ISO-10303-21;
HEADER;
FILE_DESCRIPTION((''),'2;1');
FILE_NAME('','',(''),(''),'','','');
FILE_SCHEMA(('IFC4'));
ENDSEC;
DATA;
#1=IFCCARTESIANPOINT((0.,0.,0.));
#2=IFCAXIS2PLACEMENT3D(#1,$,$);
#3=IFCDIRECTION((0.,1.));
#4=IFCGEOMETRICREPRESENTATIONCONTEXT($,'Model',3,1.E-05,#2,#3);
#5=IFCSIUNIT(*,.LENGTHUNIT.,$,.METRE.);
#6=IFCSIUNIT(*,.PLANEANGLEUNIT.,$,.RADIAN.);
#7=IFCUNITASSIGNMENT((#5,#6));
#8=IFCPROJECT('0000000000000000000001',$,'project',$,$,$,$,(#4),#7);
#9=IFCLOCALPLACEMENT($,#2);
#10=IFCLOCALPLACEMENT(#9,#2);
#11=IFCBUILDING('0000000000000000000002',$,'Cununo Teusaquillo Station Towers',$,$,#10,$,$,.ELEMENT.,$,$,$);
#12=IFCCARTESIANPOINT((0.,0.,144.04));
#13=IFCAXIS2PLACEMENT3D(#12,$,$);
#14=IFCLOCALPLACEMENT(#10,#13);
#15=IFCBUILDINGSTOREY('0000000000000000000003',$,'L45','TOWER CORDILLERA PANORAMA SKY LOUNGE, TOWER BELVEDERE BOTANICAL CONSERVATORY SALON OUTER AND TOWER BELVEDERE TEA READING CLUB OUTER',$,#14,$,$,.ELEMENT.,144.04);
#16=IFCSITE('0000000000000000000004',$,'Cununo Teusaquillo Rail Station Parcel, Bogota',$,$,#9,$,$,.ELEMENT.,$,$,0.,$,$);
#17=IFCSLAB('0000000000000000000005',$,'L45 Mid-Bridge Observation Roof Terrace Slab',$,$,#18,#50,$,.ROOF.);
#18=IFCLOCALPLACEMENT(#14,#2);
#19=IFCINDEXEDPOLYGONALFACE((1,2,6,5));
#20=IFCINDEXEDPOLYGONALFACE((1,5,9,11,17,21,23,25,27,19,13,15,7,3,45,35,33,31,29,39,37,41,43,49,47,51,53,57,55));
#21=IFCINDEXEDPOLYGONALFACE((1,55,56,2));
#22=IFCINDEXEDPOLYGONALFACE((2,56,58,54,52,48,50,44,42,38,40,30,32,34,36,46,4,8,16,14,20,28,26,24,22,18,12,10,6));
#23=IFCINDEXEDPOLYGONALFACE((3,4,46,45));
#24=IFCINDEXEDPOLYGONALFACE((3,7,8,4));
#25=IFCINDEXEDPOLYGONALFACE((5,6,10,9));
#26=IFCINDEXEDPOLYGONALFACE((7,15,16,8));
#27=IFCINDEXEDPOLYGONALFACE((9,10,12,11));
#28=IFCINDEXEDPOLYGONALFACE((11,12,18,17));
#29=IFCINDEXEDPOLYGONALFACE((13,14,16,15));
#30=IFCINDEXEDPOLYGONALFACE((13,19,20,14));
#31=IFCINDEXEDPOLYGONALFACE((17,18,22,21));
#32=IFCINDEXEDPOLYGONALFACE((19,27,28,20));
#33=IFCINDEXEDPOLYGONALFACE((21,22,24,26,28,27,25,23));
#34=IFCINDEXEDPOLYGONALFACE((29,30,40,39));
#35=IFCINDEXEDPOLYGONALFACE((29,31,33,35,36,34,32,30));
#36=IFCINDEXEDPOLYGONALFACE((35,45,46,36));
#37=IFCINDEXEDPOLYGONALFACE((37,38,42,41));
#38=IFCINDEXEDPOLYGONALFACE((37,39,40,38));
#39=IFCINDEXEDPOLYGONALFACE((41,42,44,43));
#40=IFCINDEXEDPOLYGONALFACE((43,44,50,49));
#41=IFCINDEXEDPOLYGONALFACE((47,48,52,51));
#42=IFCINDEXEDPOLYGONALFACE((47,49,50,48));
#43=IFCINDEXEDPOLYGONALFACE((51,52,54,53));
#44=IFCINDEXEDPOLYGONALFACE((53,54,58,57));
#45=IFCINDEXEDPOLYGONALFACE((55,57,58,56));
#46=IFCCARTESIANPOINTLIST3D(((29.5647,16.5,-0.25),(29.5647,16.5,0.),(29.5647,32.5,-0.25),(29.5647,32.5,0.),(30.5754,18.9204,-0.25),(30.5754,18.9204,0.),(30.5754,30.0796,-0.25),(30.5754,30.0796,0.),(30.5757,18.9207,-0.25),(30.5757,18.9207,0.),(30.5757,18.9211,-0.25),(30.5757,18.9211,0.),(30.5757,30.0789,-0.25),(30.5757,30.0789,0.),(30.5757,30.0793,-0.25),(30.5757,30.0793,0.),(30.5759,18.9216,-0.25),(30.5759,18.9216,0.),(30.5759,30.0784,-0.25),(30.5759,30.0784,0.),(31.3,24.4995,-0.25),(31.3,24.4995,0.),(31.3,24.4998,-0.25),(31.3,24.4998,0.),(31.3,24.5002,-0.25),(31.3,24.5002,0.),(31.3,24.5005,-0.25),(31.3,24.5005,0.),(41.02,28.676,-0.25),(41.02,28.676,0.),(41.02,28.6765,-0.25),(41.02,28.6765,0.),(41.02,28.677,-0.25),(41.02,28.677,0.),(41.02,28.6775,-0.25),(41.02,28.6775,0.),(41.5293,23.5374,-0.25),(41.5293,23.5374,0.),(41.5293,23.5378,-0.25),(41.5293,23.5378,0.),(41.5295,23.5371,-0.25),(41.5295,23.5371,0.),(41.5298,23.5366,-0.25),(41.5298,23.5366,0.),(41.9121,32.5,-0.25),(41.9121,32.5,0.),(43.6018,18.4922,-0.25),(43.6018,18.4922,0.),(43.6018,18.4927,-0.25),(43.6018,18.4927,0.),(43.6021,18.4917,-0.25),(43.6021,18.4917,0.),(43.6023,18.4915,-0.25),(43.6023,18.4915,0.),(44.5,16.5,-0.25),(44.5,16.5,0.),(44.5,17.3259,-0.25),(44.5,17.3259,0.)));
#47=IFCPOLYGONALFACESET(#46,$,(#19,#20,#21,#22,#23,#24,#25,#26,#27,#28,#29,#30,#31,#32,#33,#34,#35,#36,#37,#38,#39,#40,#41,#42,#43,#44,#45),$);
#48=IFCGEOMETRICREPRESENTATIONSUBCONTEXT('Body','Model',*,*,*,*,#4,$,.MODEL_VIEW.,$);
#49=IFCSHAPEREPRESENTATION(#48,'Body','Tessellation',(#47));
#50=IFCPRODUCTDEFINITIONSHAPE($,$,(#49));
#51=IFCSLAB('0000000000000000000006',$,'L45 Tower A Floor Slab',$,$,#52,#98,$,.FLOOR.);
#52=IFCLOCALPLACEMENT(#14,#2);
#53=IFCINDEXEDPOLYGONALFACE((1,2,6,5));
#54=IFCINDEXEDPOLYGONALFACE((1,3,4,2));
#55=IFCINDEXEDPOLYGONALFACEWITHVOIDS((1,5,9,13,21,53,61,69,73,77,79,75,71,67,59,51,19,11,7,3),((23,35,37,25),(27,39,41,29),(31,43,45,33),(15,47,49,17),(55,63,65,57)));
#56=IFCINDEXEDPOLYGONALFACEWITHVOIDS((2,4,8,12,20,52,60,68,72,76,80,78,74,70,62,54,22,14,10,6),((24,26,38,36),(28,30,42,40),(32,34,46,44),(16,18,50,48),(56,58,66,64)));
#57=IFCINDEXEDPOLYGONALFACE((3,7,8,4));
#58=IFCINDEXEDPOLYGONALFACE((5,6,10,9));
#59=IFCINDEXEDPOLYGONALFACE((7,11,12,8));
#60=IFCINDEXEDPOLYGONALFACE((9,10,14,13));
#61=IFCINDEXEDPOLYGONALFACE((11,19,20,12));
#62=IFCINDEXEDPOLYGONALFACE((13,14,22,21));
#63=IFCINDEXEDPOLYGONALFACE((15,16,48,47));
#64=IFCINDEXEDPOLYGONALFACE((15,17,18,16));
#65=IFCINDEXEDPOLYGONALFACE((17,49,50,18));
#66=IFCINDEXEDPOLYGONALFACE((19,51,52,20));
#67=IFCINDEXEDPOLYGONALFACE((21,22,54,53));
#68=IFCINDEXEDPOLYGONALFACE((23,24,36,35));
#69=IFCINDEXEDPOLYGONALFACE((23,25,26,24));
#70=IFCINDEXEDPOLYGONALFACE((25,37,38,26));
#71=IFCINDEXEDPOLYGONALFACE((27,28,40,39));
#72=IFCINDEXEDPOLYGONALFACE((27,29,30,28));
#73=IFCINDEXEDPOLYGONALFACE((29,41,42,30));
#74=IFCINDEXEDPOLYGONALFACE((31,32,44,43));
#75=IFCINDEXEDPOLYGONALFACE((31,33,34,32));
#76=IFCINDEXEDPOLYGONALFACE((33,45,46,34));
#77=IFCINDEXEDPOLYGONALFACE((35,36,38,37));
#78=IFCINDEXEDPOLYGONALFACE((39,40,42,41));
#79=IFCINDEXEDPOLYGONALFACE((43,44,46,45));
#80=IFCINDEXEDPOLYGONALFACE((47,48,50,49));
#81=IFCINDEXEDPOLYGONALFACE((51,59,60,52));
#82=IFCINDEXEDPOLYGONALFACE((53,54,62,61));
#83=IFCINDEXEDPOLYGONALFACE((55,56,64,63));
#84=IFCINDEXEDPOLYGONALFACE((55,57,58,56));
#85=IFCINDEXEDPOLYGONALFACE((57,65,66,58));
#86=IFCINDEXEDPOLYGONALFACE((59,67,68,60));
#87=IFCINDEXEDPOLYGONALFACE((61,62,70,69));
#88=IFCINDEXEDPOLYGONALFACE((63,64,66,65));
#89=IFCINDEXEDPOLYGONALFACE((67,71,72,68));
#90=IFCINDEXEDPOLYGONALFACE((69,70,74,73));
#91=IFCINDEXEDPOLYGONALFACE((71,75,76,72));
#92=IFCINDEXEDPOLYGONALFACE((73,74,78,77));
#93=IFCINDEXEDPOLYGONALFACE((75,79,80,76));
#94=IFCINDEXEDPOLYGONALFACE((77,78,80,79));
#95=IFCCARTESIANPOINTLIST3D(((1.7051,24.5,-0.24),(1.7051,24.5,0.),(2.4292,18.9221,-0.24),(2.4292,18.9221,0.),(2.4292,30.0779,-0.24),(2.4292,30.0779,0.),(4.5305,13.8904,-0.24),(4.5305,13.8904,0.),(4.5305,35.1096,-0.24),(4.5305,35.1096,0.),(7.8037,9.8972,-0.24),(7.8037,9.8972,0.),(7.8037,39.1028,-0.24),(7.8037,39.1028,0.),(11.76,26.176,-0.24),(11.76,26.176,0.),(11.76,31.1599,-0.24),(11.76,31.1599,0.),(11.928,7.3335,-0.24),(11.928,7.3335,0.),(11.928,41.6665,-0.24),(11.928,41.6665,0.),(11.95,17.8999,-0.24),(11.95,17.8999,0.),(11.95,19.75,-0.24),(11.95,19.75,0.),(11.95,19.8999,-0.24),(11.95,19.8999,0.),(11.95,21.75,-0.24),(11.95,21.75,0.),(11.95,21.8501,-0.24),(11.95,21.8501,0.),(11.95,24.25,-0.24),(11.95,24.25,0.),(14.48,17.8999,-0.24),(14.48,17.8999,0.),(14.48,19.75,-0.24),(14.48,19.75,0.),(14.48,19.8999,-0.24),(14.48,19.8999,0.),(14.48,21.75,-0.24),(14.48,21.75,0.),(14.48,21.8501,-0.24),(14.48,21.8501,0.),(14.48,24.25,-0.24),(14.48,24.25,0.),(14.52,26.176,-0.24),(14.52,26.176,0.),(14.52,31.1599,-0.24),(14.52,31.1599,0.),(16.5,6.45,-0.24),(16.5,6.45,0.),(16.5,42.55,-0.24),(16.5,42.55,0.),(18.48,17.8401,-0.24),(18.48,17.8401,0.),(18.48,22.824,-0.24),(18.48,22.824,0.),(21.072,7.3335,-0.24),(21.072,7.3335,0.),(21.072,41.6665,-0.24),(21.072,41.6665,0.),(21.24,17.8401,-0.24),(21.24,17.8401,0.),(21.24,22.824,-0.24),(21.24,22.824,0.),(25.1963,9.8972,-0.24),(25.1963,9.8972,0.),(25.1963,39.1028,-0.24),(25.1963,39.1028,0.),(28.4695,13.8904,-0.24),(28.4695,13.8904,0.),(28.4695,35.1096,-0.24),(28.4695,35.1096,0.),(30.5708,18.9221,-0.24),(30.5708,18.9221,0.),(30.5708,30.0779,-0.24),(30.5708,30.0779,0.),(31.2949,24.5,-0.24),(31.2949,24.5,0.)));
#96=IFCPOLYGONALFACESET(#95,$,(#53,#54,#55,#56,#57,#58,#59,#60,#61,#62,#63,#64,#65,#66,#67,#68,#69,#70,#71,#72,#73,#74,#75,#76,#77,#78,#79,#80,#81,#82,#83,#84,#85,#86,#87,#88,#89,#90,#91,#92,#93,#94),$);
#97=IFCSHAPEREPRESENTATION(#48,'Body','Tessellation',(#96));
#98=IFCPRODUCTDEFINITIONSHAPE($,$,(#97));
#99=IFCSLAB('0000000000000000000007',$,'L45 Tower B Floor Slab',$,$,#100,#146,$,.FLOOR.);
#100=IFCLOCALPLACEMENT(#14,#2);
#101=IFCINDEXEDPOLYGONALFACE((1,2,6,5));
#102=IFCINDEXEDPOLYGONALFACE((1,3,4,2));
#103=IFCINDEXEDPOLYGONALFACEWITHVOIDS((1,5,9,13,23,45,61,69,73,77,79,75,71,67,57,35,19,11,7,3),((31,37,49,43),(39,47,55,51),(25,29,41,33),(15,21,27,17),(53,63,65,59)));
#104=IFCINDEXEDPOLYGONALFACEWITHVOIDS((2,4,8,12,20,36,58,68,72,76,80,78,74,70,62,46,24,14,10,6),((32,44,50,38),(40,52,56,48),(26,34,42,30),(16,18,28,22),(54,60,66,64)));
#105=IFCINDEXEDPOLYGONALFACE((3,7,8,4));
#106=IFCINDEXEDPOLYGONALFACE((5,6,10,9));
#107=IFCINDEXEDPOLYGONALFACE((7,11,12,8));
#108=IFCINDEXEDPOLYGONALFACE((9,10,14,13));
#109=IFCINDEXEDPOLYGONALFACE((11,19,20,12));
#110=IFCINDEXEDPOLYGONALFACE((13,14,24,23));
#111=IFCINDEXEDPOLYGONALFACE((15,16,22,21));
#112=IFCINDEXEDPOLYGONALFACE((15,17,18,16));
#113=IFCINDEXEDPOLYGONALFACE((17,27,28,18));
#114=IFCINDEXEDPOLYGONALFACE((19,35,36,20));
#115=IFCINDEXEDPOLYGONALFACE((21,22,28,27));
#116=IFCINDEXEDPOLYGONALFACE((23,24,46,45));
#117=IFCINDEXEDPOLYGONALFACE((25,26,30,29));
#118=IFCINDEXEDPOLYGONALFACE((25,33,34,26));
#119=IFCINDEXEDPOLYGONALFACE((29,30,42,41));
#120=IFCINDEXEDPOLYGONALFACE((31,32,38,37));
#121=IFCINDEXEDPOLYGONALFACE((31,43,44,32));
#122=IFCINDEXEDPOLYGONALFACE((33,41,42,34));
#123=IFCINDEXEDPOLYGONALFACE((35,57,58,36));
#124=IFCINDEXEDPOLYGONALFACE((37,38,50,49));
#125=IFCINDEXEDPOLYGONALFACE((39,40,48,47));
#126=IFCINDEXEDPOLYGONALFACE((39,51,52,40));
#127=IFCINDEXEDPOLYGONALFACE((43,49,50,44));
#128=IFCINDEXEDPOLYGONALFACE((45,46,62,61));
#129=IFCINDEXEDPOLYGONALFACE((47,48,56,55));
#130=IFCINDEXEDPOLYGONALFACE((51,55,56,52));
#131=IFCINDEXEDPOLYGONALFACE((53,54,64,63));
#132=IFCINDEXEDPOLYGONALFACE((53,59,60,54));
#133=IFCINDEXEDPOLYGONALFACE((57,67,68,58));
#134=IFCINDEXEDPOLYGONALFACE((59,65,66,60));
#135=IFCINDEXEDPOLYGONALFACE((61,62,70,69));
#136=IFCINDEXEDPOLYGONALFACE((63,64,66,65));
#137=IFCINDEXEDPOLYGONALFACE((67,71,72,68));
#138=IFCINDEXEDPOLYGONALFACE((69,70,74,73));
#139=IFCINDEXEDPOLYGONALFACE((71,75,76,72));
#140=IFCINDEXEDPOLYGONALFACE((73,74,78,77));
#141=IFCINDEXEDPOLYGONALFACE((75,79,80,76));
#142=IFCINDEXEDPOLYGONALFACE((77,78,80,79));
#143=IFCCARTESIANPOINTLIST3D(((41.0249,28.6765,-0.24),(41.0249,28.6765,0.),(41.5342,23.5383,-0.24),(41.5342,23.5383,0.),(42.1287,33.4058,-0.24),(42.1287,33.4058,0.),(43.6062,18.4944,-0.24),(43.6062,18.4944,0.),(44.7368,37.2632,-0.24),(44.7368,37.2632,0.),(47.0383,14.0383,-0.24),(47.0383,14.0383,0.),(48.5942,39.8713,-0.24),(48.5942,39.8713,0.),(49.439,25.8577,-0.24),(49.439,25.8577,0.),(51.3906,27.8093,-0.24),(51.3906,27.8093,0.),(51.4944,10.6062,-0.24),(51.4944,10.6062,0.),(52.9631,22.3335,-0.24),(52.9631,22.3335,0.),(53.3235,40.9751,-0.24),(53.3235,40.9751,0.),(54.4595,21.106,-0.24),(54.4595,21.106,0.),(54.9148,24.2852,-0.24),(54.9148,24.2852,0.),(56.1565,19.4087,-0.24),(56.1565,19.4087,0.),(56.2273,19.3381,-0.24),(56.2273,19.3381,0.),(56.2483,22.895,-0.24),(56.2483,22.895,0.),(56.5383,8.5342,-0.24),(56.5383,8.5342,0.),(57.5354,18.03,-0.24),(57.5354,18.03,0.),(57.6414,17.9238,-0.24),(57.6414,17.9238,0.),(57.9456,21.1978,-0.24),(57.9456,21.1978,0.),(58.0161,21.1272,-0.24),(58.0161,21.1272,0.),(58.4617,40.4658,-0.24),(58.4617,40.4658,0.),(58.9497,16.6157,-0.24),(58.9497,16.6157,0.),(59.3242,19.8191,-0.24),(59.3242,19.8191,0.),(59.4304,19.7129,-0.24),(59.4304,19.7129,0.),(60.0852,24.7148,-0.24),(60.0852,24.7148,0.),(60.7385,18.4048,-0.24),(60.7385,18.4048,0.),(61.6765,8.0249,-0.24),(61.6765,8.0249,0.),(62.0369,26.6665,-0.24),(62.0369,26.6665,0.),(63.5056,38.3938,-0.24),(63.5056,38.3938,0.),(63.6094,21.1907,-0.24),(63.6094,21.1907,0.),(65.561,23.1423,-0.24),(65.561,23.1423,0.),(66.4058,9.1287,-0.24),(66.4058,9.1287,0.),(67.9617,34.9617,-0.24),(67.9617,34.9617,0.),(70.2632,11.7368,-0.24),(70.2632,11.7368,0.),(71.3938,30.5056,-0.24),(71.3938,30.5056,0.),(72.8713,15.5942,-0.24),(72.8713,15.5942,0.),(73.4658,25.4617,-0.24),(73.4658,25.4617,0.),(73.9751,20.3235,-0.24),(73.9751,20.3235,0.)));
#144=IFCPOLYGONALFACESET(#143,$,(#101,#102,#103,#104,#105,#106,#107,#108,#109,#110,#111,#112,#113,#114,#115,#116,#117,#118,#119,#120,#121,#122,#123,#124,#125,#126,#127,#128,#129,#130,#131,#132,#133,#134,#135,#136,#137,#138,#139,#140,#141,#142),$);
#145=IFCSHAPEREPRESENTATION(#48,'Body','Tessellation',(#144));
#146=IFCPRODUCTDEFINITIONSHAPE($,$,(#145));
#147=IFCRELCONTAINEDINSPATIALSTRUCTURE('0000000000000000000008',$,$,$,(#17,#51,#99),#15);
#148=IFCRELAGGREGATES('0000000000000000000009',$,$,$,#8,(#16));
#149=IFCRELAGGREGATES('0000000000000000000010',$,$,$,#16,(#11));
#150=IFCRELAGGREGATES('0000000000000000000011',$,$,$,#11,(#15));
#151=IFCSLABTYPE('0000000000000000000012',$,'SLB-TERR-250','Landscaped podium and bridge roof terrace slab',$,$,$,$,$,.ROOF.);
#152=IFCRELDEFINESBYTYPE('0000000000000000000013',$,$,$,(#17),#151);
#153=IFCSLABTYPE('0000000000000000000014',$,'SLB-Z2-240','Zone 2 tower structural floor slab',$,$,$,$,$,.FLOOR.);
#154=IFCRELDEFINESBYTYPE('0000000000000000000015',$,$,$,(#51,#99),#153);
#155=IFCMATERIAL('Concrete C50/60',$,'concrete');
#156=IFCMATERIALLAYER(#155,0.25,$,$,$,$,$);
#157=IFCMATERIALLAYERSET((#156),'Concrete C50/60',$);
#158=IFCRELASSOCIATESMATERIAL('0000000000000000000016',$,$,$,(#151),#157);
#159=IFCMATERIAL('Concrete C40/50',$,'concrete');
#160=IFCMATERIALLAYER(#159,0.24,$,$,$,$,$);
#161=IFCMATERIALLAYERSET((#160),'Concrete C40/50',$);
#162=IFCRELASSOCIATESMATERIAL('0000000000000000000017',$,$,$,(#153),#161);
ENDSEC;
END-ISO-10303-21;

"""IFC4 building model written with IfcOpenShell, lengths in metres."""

from ifc_helpers import new_model, si_unit, direction, frame, origin, place, context, subcontext, project, spatial, polyline, outline, extrude, material, layer, layer_set, type_object, element, save


model = new_model("IFC4")

# Units and contexts
model_context = context("Model", 3, precision=1e-05, world=origin(), true_north=direction((0.0, 1.0)))
body_context = subcontext(model_context, "Body", "Model", "MODEL_VIEW")
ifc_project = project(units=[si_unit("LENGTHUNIT", "METRE"), si_unit("PLANEANGLEUNIT", "RADIAN")], contexts=[model_context])

# Site, building, storey
site_placement = place(None, origin())
site = spatial("IfcSite", under=ifc_project, at=site_placement, Name="Cununo Teusaquillo Rail Station Parcel, Bogota", CompositionType="ELEMENT", RefElevation=0.0)
building_placement = place(site_placement, origin())
building = spatial("IfcBuilding", under=site, at=building_placement, Name="Cununo Teusaquillo Station Towers", CompositionType="ELEMENT")
storey_placement = place(building_placement, frame((0.0, 0.0, 144.04)))
storey = spatial("IfcBuildingStorey", under=building, at=storey_placement, Name="L45", Description="TOWER CORDILLERA PANORAMA SKY LOUNGE, TOWER BELVEDERE BOTANICAL CONSERVATORY SALON OUTER AND TOWER BELVEDERE TEA READING CLUB OUTER", CompositionType="ELEMENT", Elevation=144.04)

# Slabs
ifc_material_1 = material(Name="Concrete C50/60", Category="concrete")
ifc_layer_1 = layer(ifc_material_1, 0.25)
ifc_layer_set_1 = layer_set([ifc_layer_1], Name="Concrete C50/60")
slab_type_1 = type_object("IfcSlabType", Name="SLB-TERR-250", Description="Landscaped podium and bridge roof terrace slab", PredefinedType="ROOF", material=ifc_layer_set_1)
slab_1_placement = place(storey_placement, frame((0.0, 0.0, -0.25)))
element("IfcSlab", 1, at=slab_1_placement, inside=storey, type_object=slab_type_1, Name="L45 Mid-Bridge Observation Roof Terrace Slab", PredefinedType="ROOF", context=body_context, shape_type="SweptSolid", body=[
    extrude(outline(polyline([(44.5, 16.5), (29.5647, 16.5), (30.5754, 18.9204), (30.5757, 18.9207), (30.5757, 18.9211), (30.5759, 18.9216), (31.3, 24.4995), (31.3, 24.4998), (31.3, 24.5002), (31.3, 24.5005), (30.5759, 30.0784), (30.5757, 30.0789), (30.5757, 30.0793), (30.5754, 30.0796), (29.5647, 32.5), (41.9121, 32.5), (41.02, 28.6775), (41.02, 28.677), (41.02, 28.6765), (41.02, 28.676), (41.5293, 23.5378), (41.5293, 23.5374), (41.5295, 23.5371), (41.5298, 23.5366), (43.6018, 18.4927), (43.6018, 18.4922), (43.6021, 18.4917), (43.6023, 18.4915), (44.5, 17.3259), (44.5, 16.5)])), origin(), (0.0, 0.0, 1.0), 0.25),
])
ifc_material_2 = material(Name="Concrete C40/50", Category="concrete")
ifc_layer_2 = layer(ifc_material_2, 0.24)
ifc_layer_set_2 = layer_set([ifc_layer_2], Name="Concrete C40/50")
slab_type_2 = type_object("IfcSlabType", Name="SLB-Z2-240", Description="Zone 2 tower structural floor slab", PredefinedType="FLOOR", material=ifc_layer_set_2)
slab_2_placement = place(storey_placement, frame((0.0, 0.0, -0.24)))
element("IfcSlab", 2, at=slab_2_placement, inside=storey, type_object=slab_type_2, Name="L45 Tower A Floor Slab", PredefinedType="FLOOR", context=body_context, shape_type="SweptSolid", body=[
    extrude(outline(polyline([(31.2949, 24.5), (30.5708, 30.0779), (28.4695, 35.1096), (25.1963, 39.1028), (21.072, 41.6665), (16.5, 42.55), (11.928, 41.6665), (7.8037, 39.1028), (4.5305, 35.1096), (2.4292, 30.0779), (1.7051, 24.5), (2.4292, 18.9221), (4.5305, 13.8904), (7.8037, 9.8972), (11.928, 7.3335), (16.5, 6.45), (21.072, 7.3335), (25.1963, 9.8972), (28.4695, 13.8904), (30.5708, 18.9221), (31.2949, 24.5)]), holes=[polyline([(14.52, 26.176), (14.52, 31.1599), (11.76, 31.1599), (11.76, 26.176), (14.52, 26.176)]), polyline([(18.48, 22.824), (18.48, 17.8401), (21.24, 17.8401), (21.24, 22.824), (18.48, 22.824)]), polyline([(11.95, 21.8501), (14.48, 21.8501), (14.48, 24.25), (11.95, 24.25), (11.95, 21.8501)]), polyline([(11.95, 17.8999), (14.48, 17.8999), (14.48, 19.75), (11.95, 19.75), (11.95, 17.8999)]), polyline([(11.95, 19.8999), (14.48, 19.8999), (14.48, 21.75), (11.95, 21.75), (11.95, 19.8999)])]), origin(), (0.0, 0.0, 1.0), 0.24),
])
slab_3_placement = place(storey_placement, frame((0.0, 0.0, -0.24)))
element("IfcSlab", 3, at=slab_3_placement, inside=storey, type_object=slab_type_2, Name="L45 Tower B Floor Slab", PredefinedType="FLOOR", context=body_context, shape_type="SweptSolid", body=[
    extrude(outline(polyline([(67.9617, 34.9617), (63.5056, 38.3938), (58.4617, 40.4658), (53.3235, 40.9751), (48.5942, 39.8713), (44.7368, 37.2632), (42.1287, 33.4058), (41.0249, 28.6765), (41.5342, 23.5383), (43.6062, 18.4944), (47.0383, 14.0383), (51.4944, 10.6062), (56.5383, 8.5342), (61.6765, 8.0249), (66.4058, 9.1287), (70.2632, 11.7368), (72.8713, 15.5942), (73.9751, 20.3235), (73.4658, 25.4617), (71.3938, 30.5056), (67.9617, 34.9617)]), holes=[polyline([(54.9148, 24.2852), (51.3906, 27.8093), (49.439, 25.8577), (52.9631, 22.3335), (54.9148, 24.2852)]), polyline([(60.0852, 24.7148), (63.6094, 21.1907), (65.561, 23.1423), (62.0369, 26.6665), (60.0852, 24.7148)]), polyline([(56.1565, 19.4087), (57.9456, 21.1978), (56.2483, 22.895), (54.4595, 21.106), (56.1565, 19.4087)]), polyline([(58.9497, 16.6157), (60.7385, 18.4048), (59.4304, 19.7129), (57.6414, 17.9238), (58.9497, 16.6157)]), polyline([(57.5354, 18.03), (59.3242, 19.8191), (58.0161, 21.1272), (56.2273, 19.3381), (57.5354, 18.03)])]), origin(), (0.0, 0.0, 1.0), 0.24),
])

save(model, "model.ifc")
